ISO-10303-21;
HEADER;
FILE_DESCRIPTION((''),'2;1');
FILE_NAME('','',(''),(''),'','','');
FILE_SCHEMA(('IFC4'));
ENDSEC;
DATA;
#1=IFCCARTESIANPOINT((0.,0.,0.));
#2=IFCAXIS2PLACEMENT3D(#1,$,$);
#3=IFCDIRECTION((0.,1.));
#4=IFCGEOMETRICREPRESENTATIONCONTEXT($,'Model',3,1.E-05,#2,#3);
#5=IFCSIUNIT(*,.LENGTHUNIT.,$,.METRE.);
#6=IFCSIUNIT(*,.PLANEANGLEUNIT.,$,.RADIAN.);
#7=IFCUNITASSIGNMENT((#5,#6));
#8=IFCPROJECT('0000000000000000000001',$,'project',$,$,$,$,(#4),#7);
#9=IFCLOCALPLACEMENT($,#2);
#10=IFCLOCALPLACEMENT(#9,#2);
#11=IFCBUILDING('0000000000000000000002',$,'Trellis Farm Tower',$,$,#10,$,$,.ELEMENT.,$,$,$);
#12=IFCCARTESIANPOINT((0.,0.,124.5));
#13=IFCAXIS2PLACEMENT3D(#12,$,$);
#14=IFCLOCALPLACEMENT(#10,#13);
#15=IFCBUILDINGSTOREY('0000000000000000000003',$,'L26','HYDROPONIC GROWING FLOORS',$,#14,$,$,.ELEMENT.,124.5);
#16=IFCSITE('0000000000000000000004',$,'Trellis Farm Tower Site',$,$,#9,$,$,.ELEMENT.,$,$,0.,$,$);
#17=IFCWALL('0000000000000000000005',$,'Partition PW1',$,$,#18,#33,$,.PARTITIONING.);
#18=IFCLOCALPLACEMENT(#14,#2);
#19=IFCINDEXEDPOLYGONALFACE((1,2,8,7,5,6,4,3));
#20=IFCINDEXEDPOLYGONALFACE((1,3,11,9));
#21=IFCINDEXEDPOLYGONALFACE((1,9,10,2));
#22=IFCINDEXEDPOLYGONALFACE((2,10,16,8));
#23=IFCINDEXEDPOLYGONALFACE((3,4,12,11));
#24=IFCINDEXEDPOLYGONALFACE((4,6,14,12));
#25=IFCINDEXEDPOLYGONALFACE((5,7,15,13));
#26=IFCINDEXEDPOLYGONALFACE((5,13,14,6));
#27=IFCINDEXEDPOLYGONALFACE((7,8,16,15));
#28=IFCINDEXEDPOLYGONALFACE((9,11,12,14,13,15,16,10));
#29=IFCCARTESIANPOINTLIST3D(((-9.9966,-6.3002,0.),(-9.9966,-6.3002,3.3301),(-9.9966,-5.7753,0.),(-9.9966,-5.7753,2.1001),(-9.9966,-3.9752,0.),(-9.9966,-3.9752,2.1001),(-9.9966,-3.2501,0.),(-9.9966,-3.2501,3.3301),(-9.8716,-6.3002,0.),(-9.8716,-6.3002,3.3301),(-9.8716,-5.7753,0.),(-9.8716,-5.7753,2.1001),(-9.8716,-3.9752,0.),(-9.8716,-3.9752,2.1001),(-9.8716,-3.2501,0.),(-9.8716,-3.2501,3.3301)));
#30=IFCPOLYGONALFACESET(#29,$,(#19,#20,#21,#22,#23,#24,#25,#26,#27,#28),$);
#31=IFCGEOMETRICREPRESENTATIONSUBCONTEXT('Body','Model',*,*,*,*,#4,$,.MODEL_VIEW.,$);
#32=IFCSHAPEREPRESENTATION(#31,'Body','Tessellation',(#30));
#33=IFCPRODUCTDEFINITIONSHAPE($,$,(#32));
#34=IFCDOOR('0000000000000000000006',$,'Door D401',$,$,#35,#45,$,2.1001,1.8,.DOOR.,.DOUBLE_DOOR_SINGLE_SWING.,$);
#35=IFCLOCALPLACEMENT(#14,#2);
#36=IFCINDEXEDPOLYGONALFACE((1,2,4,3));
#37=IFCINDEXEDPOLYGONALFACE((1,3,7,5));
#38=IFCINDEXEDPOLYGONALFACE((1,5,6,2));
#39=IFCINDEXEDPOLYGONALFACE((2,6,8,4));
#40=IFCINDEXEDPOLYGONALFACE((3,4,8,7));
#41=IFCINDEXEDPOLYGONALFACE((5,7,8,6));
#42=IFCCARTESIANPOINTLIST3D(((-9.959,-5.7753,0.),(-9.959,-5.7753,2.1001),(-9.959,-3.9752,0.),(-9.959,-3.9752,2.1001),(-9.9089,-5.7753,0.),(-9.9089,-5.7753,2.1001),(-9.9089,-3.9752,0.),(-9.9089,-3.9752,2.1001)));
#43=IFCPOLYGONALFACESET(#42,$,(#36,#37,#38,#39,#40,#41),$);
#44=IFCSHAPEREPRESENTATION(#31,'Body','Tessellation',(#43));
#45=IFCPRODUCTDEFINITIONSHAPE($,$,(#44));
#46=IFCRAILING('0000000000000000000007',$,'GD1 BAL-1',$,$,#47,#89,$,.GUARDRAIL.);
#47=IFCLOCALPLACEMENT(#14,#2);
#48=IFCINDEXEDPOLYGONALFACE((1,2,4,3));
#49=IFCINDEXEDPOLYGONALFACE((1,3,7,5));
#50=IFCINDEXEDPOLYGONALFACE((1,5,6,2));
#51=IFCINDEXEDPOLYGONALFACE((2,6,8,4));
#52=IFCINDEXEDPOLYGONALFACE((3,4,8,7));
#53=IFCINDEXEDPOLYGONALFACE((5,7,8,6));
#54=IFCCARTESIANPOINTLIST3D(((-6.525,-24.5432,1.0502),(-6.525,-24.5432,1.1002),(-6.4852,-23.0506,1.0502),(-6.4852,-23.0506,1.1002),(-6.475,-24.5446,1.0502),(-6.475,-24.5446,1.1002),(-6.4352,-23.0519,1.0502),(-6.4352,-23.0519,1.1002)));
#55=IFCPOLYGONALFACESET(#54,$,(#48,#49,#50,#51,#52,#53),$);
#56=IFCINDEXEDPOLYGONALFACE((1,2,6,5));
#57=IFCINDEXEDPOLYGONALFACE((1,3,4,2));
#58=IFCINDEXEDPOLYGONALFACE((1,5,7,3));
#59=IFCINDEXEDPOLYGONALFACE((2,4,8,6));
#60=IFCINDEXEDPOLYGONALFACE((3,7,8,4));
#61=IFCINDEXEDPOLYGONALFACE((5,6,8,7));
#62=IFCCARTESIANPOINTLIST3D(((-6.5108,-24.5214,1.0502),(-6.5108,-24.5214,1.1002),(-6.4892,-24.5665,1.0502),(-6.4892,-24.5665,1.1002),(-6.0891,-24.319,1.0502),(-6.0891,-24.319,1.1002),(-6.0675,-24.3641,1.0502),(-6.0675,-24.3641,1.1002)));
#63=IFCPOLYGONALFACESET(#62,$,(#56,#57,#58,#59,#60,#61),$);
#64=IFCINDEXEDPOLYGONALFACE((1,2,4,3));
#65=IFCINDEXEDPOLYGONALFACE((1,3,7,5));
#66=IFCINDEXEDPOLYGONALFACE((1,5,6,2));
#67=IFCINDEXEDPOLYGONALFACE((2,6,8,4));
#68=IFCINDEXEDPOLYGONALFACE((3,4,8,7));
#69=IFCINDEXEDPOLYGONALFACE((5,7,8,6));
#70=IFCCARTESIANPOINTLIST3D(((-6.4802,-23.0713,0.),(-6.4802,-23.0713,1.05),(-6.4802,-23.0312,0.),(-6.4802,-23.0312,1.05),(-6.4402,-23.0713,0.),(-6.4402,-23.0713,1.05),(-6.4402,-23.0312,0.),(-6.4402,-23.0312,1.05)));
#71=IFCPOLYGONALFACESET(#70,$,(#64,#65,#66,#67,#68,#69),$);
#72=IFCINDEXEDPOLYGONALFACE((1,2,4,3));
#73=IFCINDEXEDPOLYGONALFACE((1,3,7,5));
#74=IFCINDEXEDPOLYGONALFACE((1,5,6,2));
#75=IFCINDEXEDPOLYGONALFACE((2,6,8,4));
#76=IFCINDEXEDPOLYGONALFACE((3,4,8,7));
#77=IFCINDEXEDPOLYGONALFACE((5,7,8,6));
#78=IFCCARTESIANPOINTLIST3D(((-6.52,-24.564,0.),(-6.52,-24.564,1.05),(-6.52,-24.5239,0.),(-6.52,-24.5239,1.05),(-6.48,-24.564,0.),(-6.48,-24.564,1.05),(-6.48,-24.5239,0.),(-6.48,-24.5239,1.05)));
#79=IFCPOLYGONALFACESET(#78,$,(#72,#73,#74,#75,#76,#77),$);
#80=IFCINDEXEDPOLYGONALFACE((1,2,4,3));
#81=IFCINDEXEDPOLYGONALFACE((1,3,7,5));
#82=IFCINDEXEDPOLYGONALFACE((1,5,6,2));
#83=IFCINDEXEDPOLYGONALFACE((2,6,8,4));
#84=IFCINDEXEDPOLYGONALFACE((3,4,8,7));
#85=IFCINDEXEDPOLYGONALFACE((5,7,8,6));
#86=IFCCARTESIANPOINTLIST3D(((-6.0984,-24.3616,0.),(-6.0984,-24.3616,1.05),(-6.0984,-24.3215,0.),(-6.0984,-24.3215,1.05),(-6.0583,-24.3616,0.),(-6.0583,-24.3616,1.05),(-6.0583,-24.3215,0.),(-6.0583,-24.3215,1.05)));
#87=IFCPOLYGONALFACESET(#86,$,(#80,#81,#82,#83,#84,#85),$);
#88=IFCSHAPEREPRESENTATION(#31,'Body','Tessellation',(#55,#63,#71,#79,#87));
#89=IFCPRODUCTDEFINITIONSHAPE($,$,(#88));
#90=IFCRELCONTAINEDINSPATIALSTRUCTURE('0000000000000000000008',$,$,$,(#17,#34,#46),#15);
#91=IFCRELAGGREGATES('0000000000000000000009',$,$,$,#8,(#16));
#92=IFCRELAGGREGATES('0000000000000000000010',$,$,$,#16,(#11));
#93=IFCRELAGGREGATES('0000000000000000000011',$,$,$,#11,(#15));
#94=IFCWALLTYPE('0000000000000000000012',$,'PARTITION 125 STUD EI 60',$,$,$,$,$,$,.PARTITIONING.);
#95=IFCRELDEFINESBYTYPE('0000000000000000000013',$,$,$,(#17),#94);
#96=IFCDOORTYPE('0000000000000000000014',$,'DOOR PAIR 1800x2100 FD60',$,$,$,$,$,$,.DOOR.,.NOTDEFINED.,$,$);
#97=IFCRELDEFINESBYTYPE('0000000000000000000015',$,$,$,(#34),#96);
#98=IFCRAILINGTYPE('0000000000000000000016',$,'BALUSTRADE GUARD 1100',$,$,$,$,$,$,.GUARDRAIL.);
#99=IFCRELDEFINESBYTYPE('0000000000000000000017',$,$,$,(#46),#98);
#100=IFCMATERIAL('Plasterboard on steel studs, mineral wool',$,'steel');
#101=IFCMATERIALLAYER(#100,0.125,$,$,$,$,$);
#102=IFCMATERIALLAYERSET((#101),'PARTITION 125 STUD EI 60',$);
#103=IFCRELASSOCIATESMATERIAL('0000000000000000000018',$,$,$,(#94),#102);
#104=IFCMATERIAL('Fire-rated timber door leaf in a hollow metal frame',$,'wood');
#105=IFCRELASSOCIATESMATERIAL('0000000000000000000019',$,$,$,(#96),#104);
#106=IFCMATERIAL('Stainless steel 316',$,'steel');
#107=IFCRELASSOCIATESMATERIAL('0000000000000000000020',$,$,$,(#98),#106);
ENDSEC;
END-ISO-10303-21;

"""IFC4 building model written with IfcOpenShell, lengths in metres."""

from ifc_helpers import new_model, si_unit, direction, frame, frame_2d, origin, origin_2d, place, context, subcontext, project, spatial, rectangle, extrude, source, transform, mapped, material, layer, layer_set, type_object, element, fill, save


model = new_model("IFC4")

# Units and contexts
model_context = context("Model", 3, precision=1e-05, world=origin(), true_north=direction((0.0, 1.0)))
body_context = subcontext(model_context, "Body", "Model", "MODEL_VIEW")
ifc_project = project(units=[si_unit("LENGTHUNIT", "METRE"), si_unit("PLANEANGLEUNIT", "RADIAN")], contexts=[model_context])

# Site, building, storey
site_placement = place(None, origin())
site = spatial("IfcSite", under=ifc_project, at=site_placement, Name="Trellis Farm Tower Site", CompositionType="ELEMENT", RefElevation=0.0)
building_placement = place(site_placement, origin())
building = spatial("IfcBuilding", under=site, at=building_placement, Name="Trellis Farm Tower", CompositionType="ELEMENT")
storey_placement = place(building_placement, frame((0.0, 0.0, 124.5)))
storey = spatial("IfcBuildingStorey", under=building, at=storey_placement, Name="L26", Description="HYDROPONIC GROWING FLOORS", CompositionType="ELEMENT", Elevation=124.5)

# Shared definitions
ifc_material_1 = material(Name="Plasterboard on steel studs, mineral wool", Category="steel")
ifc_layer_1 = layer(ifc_material_1, 0.125)
ifc_layer_set_1 = layer_set([ifc_layer_1], Name="PARTITION 125 STUD EI 60")
wall_type_1 = type_object("IfcWallType", Name="PARTITION 125 STUD EI 60", PredefinedType="PARTITIONING", material=ifc_layer_set_1)

# Wall, opening, door
shared_shape_1 = source(origin(), body_context, "Body", "SweptSolid", [
    extrude(rectangle(XDim=3.05, YDim=0.125, at=frame_2d((1.5249, 0.0))), origin(), (0.0, 0.0, 1.0), 3.3301),
])
wall_1_placement = place(storey_placement, frame((-9.9341, -6.3, 0.0), z_axis=(0.0, 0.0, 1.0), x_axis=(0.0, 1.0, 0.0)))
wall_1 = element("IfcWall", 1, at=wall_1_placement, inside=storey, type_object=wall_type_1, Name="Partition PW1", PredefinedType="PARTITIONING", context=body_context, shape_type="MappedRepresentation", body=[
    mapped(shared_shape_1, transform((0.0, 0.0, 0.0))),
])
shared_shape_2 = source(origin(), body_context, "Body", "SweptSolid", [
    extrude(rectangle(XDim=1.8, YDim=2.1001, at=frame_2d((0.8999, 1.05))), frame((0.0, 0.0725, 0.0), z_axis=(0.0, -1.0, 0.0), x_axis=(1.0, 0.0, 0.0)), (0.0, 0.0, 1.0), 0.145),
])
opening_1_placement = place(wall_1_placement, frame((0.5249, 0.0, 0.0)))
opening_1 = element("IfcOpeningElement", 2, at=opening_1_placement, cuts=wall_1, PredefinedType="OPENING", context=body_context, shape_type="MappedRepresentation", body=[
    mapped(shared_shape_2, transform((0.0, 0.0, 0.0))),
])
ifc_material_2 = material(Name="Fire-rated timber door leaf in a hollow metal frame", Category="wood")
door_type_1 = type_object("IfcDoorType", Name="DOOR PAIR 1800x2100 FD60", OperationType="NOTDEFINED", PredefinedType="DOOR", material=ifc_material_2)
shared_shape_3 = source(origin(), body_context, "Body", "SweptSolid", [
    extrude(rectangle(XDim=1.8, YDim=2.1001, at=frame_2d((0.8999, 1.05))), frame((0.0, 0.0249, 0.0), z_axis=(0.0, -1.0, 0.0), x_axis=(1.0, 0.0, 0.0)), (0.0, 0.0, 1.0), 0.05),
])
door_1_placement = place(opening_1_placement, origin())
door_1 = element("IfcDoor", 3, at=door_1_placement, inside=storey, type_object=door_type_1, Name="Door D401", OperationType="DOUBLE_DOOR_SINGLE_SWING", OverallHeight=2.1001, OverallWidth=1.8, PredefinedType="DOOR", context=body_context, shape_type="MappedRepresentation", body=[
    mapped(shared_shape_3, transform((0.0, 0.0, 0.0))),
])
fill(opening_1, door_1)

# Railing
ifc_material_3 = material(Name="Stainless steel 316", Category="steel")
railing_type = type_object("IfcRailingType", Name="BALUSTRADE GUARD 1100", PredefinedType="GUARDRAIL", material=ifc_material_3)
shared_shape_4 = source(origin(), body_context, "Body", "SweptSolid", [
    extrude(rectangle(XDim=0.05, YDim=0.05, at=origin_2d()), frame((0.0, 0.0, 1.0752), z_axis=(-0.026651, -0.999645, 0.0), x_axis=(0.999645, -0.026651, 0.0)), (0.0, 0.0, 1.0), 1.4932),
    extrude(rectangle(XDim=0.05, YDim=0.05, at=origin_2d()), frame((-0.0398, -1.4927, 1.0752), z_axis=(0.901515, 0.432748, 0.0), x_axis=(-0.432748, 0.901515, 0.0)), (0.0, 0.0, 1.0), 0.4678),
    extrude(rectangle(XDim=0.04, YDim=0.04, at=origin_2d()), origin(), (0.0, 0.0, 1.0), 1.05),
    extrude(rectangle(XDim=0.04, YDim=0.04, at=origin_2d()), frame((-0.0398, -1.4927, 0.0)), (0.0, 0.0, 1.0), 1.05),
    extrude(rectangle(XDim=0.04, YDim=0.04, at=origin_2d()), frame((0.3818, -1.2903, 0.0)), (0.0, 0.0, 1.0), 1.05),
])
railing_placement = place(storey_placement, frame((-6.4602, -23.0513, 0.0)))
element("IfcRailing", 4, at=railing_placement, inside=storey, type_object=railing_type, Name="GD1 BAL-1", PredefinedType="GUARDRAIL", context=body_context, shape_type="MappedRepresentation", body=[
    mapped(shared_shape_4, transform((0.0, 0.0, 0.0))),
])

save(model, "model.ifc")
